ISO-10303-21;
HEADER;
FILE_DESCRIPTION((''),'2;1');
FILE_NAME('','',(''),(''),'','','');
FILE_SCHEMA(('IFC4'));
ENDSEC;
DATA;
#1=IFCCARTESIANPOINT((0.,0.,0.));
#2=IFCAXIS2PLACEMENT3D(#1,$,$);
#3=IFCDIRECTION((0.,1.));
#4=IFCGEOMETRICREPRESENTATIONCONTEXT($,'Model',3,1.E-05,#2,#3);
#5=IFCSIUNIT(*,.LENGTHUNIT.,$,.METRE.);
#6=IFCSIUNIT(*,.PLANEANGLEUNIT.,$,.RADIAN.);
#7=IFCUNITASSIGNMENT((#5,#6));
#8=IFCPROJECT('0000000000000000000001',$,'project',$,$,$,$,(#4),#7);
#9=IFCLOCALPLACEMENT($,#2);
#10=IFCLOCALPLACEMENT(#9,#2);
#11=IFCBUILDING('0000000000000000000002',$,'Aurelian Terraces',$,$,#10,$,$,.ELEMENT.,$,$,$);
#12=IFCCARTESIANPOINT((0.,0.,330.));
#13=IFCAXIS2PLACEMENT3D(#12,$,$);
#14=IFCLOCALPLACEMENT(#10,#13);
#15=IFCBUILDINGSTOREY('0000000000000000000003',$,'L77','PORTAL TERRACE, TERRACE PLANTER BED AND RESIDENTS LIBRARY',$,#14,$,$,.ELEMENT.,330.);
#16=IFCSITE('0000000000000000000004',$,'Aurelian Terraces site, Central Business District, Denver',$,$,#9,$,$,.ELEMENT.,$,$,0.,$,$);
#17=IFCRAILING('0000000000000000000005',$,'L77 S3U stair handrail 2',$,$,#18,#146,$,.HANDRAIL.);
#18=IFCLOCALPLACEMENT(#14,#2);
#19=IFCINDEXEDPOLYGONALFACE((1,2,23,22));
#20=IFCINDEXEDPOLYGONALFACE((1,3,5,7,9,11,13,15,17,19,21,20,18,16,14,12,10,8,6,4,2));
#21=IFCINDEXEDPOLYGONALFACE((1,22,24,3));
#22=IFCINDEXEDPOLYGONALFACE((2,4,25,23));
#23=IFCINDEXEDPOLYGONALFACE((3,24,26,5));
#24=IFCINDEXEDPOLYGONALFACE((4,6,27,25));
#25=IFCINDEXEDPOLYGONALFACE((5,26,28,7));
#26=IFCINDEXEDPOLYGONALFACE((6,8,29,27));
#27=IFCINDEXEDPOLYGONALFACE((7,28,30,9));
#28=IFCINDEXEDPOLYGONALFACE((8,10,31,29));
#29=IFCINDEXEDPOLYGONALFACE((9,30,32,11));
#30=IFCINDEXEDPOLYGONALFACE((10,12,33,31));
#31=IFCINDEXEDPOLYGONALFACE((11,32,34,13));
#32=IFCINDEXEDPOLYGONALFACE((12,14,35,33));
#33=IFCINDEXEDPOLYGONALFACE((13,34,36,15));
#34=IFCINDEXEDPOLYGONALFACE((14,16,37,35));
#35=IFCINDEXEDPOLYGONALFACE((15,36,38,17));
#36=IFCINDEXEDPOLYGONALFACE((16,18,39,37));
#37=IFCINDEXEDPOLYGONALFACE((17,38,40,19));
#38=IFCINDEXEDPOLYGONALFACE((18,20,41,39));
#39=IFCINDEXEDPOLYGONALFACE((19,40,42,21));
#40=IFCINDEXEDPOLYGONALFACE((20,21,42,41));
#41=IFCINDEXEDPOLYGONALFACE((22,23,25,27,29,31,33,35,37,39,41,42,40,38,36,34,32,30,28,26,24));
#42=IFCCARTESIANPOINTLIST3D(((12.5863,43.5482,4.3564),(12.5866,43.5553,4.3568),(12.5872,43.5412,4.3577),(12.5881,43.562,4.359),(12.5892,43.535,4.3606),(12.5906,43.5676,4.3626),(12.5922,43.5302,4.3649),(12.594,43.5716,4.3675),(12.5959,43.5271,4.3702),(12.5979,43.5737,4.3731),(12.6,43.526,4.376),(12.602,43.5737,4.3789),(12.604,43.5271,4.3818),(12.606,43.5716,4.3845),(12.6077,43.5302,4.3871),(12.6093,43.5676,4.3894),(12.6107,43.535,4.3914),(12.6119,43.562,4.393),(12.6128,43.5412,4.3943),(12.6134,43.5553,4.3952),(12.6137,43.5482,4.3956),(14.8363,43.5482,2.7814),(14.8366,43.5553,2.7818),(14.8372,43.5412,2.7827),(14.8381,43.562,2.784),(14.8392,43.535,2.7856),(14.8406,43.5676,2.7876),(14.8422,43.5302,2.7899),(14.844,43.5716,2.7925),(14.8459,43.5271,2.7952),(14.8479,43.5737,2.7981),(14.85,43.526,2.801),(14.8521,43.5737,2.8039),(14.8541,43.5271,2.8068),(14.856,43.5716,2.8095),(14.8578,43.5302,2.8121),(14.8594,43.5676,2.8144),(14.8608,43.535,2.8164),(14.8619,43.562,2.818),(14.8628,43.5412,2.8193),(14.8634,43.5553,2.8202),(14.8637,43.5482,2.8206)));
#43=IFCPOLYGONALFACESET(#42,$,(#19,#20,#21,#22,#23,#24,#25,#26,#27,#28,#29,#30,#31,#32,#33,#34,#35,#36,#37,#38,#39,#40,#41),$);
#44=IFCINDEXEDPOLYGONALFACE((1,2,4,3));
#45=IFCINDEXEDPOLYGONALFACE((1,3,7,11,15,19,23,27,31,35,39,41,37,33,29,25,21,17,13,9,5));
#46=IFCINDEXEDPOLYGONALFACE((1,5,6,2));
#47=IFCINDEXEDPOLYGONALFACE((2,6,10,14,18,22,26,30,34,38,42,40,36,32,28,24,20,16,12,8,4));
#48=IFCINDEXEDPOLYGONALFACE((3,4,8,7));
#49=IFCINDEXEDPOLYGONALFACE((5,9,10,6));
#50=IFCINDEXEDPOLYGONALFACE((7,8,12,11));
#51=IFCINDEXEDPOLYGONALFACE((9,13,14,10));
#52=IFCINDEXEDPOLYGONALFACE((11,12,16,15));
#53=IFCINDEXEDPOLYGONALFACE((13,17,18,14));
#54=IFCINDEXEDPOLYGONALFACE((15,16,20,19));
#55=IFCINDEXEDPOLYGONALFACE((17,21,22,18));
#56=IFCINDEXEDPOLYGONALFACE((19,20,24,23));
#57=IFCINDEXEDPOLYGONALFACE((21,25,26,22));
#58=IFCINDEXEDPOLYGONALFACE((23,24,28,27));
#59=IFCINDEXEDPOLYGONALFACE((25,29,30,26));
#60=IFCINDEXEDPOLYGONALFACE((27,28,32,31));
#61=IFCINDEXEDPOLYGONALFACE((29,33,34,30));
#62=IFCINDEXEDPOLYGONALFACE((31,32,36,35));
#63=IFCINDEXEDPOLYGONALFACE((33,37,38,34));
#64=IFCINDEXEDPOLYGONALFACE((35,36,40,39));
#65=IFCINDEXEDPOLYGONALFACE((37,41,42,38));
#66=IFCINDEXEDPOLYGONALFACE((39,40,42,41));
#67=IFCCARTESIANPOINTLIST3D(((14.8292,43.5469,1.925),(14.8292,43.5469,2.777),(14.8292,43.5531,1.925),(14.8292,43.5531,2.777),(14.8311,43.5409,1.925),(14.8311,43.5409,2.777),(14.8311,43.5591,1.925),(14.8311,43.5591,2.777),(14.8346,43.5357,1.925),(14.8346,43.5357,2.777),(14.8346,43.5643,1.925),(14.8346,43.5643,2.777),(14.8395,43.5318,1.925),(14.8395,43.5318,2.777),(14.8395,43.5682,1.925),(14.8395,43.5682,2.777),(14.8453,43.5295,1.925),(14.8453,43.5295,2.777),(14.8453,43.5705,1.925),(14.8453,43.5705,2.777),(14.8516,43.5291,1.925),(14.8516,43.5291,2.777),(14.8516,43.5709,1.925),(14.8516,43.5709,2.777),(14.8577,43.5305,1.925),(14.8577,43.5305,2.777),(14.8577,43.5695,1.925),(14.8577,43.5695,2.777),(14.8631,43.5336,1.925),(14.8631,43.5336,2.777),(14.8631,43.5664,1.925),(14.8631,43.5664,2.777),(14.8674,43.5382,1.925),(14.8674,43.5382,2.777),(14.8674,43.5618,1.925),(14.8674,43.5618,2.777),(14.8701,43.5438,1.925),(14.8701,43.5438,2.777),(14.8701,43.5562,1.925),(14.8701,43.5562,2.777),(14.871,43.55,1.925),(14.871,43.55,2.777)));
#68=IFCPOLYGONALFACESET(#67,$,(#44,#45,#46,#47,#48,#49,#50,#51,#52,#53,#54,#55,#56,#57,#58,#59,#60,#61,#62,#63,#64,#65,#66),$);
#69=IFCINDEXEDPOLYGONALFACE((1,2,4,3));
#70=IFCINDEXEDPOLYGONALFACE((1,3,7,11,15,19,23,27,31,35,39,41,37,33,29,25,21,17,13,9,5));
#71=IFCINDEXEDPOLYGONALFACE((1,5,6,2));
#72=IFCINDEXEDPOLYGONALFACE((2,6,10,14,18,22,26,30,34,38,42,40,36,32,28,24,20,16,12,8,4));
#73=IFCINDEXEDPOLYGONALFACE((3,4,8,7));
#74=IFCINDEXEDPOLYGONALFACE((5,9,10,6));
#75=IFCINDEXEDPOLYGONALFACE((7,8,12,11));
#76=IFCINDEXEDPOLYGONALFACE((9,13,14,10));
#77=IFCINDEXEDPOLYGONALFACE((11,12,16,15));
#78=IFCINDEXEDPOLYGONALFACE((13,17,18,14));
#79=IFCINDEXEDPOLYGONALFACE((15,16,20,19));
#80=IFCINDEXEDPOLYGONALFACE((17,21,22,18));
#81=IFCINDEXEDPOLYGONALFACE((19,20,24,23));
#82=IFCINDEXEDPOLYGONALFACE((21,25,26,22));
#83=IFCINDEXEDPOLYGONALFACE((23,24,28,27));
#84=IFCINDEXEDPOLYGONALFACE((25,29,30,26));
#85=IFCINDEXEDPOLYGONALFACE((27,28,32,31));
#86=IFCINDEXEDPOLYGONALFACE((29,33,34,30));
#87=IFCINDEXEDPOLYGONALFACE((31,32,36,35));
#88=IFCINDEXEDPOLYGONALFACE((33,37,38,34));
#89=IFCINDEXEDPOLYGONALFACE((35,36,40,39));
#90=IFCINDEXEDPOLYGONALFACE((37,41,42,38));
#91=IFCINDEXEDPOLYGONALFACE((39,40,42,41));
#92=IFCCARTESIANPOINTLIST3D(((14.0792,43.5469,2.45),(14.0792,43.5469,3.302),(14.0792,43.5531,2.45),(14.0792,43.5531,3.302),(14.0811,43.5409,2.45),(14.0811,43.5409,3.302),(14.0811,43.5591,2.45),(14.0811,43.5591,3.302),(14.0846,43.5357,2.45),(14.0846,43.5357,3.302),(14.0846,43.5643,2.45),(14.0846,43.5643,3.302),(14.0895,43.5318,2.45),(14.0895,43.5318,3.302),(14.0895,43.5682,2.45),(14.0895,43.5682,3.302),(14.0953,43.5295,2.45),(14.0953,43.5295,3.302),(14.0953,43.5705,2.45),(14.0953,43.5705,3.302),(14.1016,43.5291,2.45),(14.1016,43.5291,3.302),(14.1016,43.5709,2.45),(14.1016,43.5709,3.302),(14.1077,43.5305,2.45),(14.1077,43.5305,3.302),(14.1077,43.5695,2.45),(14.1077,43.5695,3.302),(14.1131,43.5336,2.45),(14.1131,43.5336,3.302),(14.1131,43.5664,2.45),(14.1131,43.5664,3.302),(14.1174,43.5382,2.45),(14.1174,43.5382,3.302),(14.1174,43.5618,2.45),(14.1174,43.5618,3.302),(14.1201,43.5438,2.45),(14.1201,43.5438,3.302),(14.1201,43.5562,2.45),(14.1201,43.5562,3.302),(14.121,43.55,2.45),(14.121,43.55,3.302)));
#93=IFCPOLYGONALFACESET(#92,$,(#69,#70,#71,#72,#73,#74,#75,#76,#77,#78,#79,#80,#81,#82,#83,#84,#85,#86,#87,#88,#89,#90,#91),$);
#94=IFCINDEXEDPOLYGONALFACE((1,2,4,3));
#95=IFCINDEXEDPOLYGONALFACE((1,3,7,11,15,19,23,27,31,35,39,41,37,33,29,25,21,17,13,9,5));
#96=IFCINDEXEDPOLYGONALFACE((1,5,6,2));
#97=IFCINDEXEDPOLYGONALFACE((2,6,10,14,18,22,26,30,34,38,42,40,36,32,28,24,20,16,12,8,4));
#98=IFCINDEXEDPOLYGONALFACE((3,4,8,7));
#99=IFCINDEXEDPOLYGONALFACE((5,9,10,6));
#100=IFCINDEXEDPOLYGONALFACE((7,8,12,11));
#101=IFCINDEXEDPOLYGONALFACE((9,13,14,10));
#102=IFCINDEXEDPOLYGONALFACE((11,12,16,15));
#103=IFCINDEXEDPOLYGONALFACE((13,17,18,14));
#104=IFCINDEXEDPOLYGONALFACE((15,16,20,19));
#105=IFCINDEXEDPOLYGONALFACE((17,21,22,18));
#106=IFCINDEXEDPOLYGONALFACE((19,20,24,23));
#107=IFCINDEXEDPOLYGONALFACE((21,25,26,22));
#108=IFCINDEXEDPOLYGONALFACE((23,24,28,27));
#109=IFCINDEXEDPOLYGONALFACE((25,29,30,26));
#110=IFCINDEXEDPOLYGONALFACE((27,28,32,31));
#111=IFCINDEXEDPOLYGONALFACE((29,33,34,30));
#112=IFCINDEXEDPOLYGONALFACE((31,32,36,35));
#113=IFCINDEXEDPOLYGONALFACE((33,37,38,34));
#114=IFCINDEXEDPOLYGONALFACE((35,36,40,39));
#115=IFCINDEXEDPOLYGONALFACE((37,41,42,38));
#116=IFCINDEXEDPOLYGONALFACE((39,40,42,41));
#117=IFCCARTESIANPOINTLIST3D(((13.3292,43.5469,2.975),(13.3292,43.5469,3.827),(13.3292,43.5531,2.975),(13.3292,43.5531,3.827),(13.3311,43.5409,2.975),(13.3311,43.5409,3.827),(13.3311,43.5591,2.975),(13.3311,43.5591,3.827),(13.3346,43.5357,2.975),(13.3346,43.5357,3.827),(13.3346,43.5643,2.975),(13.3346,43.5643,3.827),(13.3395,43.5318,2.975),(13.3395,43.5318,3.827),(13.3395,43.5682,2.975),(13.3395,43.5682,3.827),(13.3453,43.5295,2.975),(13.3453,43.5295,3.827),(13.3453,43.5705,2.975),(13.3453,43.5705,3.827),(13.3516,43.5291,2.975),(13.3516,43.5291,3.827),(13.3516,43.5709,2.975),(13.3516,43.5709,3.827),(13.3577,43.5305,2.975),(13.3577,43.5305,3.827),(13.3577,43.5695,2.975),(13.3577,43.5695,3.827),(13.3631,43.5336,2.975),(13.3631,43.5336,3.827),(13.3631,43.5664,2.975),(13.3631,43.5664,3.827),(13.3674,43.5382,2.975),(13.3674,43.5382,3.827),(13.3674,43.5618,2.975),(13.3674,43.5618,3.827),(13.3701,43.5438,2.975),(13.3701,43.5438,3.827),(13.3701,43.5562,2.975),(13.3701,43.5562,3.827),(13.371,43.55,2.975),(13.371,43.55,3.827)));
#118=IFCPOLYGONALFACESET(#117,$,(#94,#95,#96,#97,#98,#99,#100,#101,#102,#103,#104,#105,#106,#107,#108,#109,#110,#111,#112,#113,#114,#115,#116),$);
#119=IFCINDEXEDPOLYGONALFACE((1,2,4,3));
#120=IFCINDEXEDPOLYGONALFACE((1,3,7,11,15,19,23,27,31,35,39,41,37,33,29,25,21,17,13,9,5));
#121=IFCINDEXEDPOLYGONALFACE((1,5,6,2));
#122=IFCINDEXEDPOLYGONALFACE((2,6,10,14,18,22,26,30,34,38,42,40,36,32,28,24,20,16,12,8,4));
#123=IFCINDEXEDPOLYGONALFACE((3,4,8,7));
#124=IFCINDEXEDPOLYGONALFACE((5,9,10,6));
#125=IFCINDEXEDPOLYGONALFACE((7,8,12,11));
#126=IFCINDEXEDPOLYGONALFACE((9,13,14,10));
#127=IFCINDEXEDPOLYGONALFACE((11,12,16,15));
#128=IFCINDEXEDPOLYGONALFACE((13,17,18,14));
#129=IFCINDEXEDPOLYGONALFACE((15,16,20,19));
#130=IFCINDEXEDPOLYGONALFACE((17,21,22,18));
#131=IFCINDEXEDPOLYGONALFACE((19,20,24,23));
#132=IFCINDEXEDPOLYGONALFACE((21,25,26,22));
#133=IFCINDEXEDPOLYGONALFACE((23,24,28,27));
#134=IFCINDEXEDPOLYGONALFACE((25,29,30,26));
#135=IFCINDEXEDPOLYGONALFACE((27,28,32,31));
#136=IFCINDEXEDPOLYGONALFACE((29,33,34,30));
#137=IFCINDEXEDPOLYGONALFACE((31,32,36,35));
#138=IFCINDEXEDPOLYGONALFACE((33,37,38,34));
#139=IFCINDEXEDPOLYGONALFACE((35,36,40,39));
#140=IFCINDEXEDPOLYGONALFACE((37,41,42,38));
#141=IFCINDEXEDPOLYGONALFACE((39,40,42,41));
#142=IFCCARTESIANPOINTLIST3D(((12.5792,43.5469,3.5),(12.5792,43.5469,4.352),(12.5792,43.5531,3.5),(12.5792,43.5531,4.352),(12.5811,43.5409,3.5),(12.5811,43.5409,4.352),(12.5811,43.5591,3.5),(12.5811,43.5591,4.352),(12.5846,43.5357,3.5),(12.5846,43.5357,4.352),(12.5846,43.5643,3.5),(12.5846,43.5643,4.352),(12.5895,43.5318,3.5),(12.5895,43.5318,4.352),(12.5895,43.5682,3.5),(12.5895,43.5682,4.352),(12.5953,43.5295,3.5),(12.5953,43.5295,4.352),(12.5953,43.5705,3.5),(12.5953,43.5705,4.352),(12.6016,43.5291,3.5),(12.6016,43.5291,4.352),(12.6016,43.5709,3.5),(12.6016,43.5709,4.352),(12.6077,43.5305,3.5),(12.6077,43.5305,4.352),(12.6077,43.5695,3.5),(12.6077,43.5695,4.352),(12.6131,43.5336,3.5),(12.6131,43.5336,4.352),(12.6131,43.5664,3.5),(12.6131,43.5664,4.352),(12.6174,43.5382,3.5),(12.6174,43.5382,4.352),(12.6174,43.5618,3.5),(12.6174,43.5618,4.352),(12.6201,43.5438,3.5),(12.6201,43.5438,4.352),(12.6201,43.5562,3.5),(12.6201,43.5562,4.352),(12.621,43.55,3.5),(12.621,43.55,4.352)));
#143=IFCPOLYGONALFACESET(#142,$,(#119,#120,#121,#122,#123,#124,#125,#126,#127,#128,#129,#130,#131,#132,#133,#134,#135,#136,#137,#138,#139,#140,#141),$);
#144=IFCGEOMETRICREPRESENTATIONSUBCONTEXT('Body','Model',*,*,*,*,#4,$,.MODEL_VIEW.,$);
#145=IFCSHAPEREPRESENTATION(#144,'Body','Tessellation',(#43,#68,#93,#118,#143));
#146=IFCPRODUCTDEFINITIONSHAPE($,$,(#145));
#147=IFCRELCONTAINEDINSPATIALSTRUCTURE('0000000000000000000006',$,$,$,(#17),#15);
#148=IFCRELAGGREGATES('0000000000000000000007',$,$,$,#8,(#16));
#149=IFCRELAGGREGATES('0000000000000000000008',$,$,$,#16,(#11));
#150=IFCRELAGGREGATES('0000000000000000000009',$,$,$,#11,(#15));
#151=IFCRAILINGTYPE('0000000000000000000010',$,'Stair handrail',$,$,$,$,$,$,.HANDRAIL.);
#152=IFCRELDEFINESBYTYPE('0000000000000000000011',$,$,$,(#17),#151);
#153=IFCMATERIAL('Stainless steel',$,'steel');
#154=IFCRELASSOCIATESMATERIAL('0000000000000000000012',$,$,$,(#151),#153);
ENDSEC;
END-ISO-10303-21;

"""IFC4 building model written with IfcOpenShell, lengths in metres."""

from ifc_helpers import new_model, si_unit, direction, frame, origin, origin_2d, place, context, subcontext, project, spatial, circle, extrude, source, transform, mapped, material, type_object, element, save


model = new_model("IFC4")

# Units and contexts
model_context = context("Model", 3, precision=1e-05, world=origin(), true_north=direction((0.0, 1.0)))
body_context = subcontext(model_context, "Body", "Model", "MODEL_VIEW")
ifc_project = project(units=[si_unit("LENGTHUNIT", "METRE"), si_unit("PLANEANGLEUNIT", "RADIAN")], contexts=[model_context])

# Site, building, storey
site_placement = place(None, origin())
site = spatial("IfcSite", under=ifc_project, at=site_placement, Name="Aurelian Terraces site, Central Business District, Denver", CompositionType="ELEMENT", RefElevation=0.0)
building_placement = place(site_placement, origin())
building = spatial("IfcBuilding", under=site, at=building_placement, Name="Aurelian Terraces", CompositionType="ELEMENT")
storey_placement = place(building_placement, frame((0.0, 0.0, 330.0)))
storey = spatial("IfcBuildingStorey", under=building, at=storey_placement, Name="L77", Description="PORTAL TERRACE, TERRACE PLANTER BED AND RESIDENTS LIBRARY", CompositionType="ELEMENT", Elevation=330.0)

# Railing
ifc_material_1 = material(Name="Stainless steel", Category="steel")
railing_type_1 = type_object("IfcRailingType", Name="Stair handrail", PredefinedType="HANDRAIL", material=ifc_material_1)
shared_shape_1 = source(origin(), body_context, "Body", "SweptSolid", [
    extrude(circle(Radius=0.024, at=origin_2d()), frame((0.0, 0.0, 0.876), z_axis=(-0.819232, 0.0, 0.573462), x_axis=(0.0, -1.0, 0.0)), (0.0, 0.0, 1.0), 2.7465),
    extrude(circle(Radius=0.021, at=origin_2d()), origin(), (0.0, 0.0, 1.0), 0.852),
    extrude(circle(Radius=0.021, at=origin_2d()), frame((-0.75, 0.0, 0.525)), (0.0, 0.0, 1.0), 0.852),
    extrude(circle(Radius=0.021, at=origin_2d()), frame((-1.5, 0.0, 1.05)), (0.0, 0.0, 1.0), 0.852),
    extrude(circle(Radius=0.021, at=origin_2d()), frame((-2.25, 0.0, 1.575)), (0.0, 0.0, 1.0), 0.852),
])
railing_1_placement = place(storey_placement, frame((14.85, 43.55, 1.925)))
element("IfcRailing", 1, at=railing_1_placement, inside=storey, type_object=railing_type_1, Name="L77 S3U stair handrail 2", PredefinedType="HANDRAIL", context=body_context, shape_type="MappedRepresentation", body=[
    mapped(shared_shape_1, transform((0.0, 0.0, 0.0), scale=1.0)),
])

save(model, "model.ifc")
